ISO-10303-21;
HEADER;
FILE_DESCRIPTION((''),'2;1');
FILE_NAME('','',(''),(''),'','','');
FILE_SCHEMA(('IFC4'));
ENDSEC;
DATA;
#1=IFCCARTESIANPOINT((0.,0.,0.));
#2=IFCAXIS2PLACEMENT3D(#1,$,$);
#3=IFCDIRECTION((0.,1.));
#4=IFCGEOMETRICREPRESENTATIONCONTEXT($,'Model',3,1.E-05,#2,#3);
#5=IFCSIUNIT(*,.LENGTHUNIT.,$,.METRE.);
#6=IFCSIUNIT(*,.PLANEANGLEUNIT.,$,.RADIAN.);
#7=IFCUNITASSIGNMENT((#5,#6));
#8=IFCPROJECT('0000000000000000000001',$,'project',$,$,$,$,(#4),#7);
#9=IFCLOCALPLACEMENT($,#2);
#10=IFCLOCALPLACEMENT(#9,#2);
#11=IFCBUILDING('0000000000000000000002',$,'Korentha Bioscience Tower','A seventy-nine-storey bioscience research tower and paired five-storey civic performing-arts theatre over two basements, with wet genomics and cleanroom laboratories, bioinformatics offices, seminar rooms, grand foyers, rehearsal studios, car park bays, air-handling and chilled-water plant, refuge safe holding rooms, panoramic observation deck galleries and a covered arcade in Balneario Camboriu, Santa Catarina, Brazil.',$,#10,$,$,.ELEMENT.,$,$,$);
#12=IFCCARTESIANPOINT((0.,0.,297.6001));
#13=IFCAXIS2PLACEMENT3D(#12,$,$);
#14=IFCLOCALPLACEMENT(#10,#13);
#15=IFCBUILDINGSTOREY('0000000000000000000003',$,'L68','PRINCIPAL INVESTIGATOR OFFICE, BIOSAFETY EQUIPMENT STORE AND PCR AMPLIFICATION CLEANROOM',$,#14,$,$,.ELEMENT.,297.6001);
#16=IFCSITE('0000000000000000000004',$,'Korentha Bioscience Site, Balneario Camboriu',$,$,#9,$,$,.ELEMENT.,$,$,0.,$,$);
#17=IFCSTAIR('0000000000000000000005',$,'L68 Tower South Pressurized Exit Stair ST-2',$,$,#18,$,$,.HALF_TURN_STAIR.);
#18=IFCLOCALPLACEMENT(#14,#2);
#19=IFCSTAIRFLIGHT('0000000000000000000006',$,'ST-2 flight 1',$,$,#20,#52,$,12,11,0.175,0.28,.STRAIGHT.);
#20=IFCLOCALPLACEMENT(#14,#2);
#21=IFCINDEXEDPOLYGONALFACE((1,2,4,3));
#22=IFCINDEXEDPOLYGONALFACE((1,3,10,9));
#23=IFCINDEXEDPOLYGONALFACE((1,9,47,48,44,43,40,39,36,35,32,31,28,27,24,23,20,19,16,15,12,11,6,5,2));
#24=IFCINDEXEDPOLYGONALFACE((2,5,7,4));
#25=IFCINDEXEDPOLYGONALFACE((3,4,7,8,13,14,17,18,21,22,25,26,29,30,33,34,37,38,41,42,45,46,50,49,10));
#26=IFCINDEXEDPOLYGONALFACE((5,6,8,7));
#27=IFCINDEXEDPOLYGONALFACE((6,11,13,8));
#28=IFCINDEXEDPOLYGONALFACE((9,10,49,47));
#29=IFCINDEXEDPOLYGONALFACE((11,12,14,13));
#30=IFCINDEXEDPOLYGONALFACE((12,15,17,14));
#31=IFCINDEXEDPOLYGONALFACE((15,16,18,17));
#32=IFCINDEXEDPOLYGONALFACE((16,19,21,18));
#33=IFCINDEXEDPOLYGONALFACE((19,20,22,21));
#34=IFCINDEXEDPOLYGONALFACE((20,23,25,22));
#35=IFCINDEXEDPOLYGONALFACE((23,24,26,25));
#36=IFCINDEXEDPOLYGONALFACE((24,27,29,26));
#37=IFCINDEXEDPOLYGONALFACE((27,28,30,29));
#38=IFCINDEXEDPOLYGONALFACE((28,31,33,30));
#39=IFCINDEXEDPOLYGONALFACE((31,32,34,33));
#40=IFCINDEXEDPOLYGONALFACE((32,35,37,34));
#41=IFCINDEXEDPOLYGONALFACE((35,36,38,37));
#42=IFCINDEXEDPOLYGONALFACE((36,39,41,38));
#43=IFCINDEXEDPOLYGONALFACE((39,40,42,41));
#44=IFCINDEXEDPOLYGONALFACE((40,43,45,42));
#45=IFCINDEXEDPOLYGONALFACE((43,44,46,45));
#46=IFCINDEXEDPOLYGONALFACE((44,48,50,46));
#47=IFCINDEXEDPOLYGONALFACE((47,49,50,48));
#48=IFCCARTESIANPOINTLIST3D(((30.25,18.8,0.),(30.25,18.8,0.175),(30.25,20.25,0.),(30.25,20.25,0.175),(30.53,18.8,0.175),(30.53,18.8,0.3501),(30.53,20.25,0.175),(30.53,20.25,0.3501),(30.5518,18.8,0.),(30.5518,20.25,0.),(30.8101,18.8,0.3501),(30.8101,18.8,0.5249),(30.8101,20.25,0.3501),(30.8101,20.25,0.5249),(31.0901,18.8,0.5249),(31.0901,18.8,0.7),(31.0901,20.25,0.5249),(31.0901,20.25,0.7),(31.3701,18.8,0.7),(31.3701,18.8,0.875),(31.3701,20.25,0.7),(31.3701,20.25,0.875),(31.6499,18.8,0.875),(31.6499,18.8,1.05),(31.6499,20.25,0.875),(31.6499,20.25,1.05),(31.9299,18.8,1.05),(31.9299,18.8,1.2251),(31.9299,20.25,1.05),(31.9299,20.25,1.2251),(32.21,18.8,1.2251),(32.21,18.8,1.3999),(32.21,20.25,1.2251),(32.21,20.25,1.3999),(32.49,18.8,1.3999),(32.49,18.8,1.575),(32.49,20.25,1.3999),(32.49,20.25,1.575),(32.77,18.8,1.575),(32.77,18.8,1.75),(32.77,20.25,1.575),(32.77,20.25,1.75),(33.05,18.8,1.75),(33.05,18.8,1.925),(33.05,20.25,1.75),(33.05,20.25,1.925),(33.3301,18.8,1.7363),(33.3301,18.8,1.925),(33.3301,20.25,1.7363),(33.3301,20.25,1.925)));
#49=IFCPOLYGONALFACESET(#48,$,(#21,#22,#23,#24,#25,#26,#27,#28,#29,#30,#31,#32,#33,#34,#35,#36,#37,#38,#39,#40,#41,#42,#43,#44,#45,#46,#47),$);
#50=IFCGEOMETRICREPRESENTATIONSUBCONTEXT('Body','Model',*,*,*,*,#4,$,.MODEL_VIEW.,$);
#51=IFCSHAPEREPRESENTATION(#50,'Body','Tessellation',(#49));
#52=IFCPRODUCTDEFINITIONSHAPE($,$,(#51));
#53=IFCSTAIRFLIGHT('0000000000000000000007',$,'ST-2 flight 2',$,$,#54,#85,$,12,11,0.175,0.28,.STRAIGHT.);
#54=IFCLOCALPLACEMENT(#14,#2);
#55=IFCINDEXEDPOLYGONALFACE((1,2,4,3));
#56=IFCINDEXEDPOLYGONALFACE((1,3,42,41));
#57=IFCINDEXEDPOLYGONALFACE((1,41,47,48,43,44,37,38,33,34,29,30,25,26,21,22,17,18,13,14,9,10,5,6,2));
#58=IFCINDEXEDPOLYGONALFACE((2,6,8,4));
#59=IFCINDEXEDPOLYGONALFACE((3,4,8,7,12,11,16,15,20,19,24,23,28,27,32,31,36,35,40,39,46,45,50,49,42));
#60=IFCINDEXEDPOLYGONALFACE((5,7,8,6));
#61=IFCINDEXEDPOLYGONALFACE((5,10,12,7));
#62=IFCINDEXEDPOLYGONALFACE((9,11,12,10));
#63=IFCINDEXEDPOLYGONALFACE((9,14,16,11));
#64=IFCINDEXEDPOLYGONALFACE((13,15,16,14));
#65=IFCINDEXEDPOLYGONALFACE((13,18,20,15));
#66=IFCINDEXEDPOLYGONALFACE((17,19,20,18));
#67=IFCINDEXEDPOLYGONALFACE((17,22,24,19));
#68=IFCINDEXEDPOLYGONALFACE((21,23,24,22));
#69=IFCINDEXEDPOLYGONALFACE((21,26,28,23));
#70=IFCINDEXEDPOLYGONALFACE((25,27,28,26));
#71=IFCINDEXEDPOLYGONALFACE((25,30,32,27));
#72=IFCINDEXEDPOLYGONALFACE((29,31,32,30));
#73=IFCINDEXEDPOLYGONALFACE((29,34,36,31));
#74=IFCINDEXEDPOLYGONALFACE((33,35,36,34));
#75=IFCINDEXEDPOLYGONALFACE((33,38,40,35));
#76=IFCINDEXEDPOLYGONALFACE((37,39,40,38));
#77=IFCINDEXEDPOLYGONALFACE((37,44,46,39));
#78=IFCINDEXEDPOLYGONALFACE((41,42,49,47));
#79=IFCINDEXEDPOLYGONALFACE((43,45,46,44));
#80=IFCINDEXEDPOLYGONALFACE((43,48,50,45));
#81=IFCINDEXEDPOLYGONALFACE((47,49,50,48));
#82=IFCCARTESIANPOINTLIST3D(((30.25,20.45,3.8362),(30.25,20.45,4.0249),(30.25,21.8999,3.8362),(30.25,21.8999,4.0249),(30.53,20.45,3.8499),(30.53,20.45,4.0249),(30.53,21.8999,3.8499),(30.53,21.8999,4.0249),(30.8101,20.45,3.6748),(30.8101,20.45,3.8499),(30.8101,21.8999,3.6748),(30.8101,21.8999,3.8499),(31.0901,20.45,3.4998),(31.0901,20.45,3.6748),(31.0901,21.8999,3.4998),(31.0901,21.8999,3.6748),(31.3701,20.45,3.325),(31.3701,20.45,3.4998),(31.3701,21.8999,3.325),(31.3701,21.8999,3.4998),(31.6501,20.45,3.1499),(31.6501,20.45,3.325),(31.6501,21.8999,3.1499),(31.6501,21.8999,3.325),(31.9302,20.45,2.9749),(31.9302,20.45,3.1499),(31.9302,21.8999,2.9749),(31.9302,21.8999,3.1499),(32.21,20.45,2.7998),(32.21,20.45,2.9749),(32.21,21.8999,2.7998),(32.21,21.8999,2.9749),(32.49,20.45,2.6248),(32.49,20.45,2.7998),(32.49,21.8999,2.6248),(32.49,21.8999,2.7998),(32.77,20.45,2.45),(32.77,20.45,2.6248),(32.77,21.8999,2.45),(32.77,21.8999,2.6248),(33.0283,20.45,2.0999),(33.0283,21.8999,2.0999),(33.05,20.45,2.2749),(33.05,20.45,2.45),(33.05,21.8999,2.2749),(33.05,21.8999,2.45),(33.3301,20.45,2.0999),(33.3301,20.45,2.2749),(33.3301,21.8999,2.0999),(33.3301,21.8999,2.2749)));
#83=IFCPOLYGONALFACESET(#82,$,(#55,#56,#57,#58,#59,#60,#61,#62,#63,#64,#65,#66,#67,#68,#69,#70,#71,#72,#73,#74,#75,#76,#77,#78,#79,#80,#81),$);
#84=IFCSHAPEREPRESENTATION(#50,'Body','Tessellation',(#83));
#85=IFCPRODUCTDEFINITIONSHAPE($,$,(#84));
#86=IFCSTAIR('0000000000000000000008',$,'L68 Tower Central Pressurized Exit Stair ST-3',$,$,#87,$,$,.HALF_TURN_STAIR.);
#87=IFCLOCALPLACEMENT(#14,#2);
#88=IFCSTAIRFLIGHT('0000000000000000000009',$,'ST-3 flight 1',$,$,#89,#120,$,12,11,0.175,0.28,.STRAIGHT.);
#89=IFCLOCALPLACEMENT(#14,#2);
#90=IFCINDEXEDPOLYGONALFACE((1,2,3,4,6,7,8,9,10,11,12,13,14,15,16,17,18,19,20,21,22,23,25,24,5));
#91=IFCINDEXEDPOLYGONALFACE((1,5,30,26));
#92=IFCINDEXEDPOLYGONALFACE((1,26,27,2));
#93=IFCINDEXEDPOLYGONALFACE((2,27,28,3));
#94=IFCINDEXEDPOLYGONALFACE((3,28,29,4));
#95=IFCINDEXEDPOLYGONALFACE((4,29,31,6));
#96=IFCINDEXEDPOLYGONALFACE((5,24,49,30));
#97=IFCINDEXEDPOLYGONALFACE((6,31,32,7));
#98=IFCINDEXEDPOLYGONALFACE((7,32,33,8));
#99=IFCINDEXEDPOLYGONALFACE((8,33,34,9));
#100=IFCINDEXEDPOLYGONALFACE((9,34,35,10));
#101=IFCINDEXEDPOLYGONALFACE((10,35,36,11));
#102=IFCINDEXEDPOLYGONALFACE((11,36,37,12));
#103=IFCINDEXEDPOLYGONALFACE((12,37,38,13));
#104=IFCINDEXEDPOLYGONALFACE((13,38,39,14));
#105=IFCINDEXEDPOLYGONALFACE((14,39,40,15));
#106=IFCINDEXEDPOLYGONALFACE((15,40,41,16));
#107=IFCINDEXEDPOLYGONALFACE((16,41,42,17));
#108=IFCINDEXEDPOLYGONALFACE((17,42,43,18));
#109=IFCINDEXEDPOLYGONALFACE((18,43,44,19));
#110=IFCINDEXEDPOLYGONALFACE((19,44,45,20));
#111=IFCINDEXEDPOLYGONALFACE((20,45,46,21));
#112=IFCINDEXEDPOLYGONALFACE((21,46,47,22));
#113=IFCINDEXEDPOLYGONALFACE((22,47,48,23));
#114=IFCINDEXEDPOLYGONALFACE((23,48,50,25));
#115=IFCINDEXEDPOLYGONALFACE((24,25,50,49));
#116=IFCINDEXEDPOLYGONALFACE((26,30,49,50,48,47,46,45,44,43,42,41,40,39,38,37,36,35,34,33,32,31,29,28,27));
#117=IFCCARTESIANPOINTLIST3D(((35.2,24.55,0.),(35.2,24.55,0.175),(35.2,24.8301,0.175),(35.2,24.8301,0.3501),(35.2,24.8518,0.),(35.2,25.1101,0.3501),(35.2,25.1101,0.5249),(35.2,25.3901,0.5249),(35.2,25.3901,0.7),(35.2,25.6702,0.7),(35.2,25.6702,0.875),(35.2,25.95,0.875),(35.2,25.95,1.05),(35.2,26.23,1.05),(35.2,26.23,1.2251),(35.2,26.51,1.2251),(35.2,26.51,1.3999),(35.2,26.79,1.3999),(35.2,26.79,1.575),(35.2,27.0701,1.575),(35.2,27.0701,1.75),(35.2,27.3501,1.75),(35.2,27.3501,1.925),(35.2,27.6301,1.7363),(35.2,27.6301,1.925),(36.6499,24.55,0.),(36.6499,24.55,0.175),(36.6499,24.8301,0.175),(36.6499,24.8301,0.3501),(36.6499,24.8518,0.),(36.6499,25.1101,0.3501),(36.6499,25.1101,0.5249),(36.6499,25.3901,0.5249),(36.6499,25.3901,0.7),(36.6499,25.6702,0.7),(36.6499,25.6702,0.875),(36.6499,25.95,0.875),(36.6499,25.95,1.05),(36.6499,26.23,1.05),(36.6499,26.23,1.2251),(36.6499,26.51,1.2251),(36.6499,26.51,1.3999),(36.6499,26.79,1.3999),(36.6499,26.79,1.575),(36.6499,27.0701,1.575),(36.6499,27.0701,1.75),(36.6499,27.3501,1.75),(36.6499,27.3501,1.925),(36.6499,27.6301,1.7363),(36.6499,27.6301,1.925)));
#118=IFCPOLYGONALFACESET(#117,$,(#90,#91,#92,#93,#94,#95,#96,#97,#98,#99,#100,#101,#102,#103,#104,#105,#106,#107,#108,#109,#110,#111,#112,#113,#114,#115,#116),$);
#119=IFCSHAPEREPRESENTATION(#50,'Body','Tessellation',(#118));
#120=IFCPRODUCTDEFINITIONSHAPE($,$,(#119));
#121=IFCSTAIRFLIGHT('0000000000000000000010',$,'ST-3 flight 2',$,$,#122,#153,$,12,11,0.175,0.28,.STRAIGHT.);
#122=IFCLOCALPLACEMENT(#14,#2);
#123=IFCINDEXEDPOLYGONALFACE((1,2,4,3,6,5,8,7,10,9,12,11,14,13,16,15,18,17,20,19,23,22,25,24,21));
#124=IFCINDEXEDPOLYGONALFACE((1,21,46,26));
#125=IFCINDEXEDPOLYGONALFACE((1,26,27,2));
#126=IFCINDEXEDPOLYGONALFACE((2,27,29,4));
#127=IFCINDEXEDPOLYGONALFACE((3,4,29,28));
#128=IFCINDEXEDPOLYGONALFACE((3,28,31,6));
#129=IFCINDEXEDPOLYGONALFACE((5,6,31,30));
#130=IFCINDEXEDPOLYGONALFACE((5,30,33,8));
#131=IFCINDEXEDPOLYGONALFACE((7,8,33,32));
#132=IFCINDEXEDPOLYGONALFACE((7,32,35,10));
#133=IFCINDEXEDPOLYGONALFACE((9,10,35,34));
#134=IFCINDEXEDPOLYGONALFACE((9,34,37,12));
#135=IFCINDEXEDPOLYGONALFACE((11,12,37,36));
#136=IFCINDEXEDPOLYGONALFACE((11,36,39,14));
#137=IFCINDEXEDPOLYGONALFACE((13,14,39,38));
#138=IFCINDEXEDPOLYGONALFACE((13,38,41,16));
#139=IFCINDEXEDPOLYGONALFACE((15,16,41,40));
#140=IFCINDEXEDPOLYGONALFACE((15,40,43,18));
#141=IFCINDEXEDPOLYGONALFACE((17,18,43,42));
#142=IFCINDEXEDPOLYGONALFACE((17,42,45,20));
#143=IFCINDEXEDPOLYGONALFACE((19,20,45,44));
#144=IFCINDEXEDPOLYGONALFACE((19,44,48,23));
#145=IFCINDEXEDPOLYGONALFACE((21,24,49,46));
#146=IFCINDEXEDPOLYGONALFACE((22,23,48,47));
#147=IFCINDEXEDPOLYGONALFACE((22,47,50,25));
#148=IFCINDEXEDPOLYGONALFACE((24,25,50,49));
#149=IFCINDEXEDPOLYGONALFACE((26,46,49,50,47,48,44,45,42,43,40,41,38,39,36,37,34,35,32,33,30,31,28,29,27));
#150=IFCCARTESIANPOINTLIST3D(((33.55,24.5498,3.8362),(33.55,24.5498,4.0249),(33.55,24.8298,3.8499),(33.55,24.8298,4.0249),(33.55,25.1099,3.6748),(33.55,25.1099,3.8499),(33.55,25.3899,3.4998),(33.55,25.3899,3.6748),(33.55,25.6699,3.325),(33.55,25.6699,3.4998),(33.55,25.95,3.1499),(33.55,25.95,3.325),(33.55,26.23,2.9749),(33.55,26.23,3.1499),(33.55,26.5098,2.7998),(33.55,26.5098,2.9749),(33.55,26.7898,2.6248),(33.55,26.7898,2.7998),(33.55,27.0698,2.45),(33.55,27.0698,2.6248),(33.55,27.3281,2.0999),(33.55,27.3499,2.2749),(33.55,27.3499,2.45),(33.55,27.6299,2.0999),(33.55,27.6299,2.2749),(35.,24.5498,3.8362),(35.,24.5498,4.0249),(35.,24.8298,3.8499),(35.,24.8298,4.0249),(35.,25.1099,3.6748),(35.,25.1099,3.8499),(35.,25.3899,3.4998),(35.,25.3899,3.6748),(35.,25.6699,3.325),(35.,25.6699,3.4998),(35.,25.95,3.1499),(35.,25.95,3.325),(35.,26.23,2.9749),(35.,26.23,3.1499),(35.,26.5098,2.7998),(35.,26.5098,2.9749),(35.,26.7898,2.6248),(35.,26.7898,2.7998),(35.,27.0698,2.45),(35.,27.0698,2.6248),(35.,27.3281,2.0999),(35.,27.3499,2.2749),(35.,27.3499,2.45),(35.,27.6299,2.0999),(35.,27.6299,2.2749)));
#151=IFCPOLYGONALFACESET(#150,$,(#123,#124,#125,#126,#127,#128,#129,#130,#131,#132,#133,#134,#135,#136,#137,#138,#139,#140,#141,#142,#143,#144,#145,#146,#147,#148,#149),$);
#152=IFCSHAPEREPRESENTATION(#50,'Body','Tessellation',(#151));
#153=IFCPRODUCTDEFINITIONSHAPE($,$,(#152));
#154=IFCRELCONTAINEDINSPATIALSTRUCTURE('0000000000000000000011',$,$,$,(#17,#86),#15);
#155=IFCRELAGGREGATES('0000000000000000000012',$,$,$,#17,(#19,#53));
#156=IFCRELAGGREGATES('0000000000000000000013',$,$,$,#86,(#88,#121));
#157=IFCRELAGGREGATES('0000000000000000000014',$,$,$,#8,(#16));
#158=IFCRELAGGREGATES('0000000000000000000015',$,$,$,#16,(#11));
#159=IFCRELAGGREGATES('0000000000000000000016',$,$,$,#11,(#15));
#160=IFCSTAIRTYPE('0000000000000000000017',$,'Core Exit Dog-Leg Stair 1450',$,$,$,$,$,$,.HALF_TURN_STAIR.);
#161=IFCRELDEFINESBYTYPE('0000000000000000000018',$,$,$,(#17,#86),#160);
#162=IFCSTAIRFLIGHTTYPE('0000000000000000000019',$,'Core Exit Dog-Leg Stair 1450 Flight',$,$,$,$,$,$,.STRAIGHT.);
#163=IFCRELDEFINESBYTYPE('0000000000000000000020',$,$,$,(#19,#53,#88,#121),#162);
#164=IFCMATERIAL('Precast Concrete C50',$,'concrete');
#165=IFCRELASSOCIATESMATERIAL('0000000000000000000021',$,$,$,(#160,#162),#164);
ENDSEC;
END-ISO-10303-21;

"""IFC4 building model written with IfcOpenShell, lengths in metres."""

from ifc_helpers import new_model, si_unit, direction, frame, origin, place, context, subcontext, project, spatial, polyline, outline, extrude, material, type_object, element, aggregate, save


model = new_model("IFC4")

# Units and contexts
model_context = context("Model", 3, precision=1e-05, world=origin(), true_north=direction((0.0, 1.0)))
body_context = subcontext(model_context, "Body", "Model", "MODEL_VIEW")
ifc_project = project(units=[si_unit("LENGTHUNIT", "METRE"), si_unit("PLANEANGLEUNIT", "RADIAN")], contexts=[model_context])

# Site, building, storey
site_placement = place(None, origin())
site = spatial("IfcSite", under=ifc_project, at=site_placement, Name="Korentha Bioscience Site, Balneario Camboriu", CompositionType="ELEMENT", RefElevation=0.0)
building_placement = place(site_placement, origin())
building = spatial("IfcBuilding", under=site, at=building_placement, Name="Korentha Bioscience Tower", Description="A seventy-nine-storey bioscience research tower and paired five-storey civic performing-arts theatre over two basements, with wet genomics and cleanroom laboratories, bioinformatics offices, seminar rooms, grand foyers, rehearsal studios, car park bays, air-handling and chilled-water plant, refuge safe holding rooms, panoramic observation deck galleries and a covered arcade in Balneario Camboriu, Santa Catarina, Brazil.", CompositionType="ELEMENT")
storey_placement = place(building_placement, frame((0.0, 0.0, 297.6001)))
storey = spatial("IfcBuildingStorey", under=building, at=storey_placement, Name="L68", Description="PRINCIPAL INVESTIGATOR OFFICE, BIOSAFETY EQUIPMENT STORE AND PCR AMPLIFICATION CLEANROOM", CompositionType="ELEMENT", Elevation=297.6001)

# Stairs, stair flights
ifc_material_1 = material(Name="Precast Concrete C50", Category="concrete")
stair_type = type_object("IfcStairType", Name="Core Exit Dog-Leg Stair 1450", PredefinedType="HALF_TURN_STAIR", material=ifc_material_1)
stair_1_placement = place(storey_placement, origin())
stair_1 = element("IfcStair", 1, at=stair_1_placement, inside=storey, type_object=stair_type, Name="L68 Tower South Pressurized Exit Stair ST-2", PredefinedType="HALF_TURN_STAIR")
stair_flight_type = type_object("IfcStairFlightType", Name="Core Exit Dog-Leg Stair 1450 Flight", PredefinedType="STRAIGHT", material=ifc_material_1)
stair_flight_1_placement = place(storey_placement, frame((30.25, 19.5249, 0.0), z_axis=(0.0, 0.0, 1.0), x_axis=(1.0, 0.0, 0.0)))
stair_flight_1 = element("IfcStairFlight", 2, at=stair_flight_1_placement, type_object=stair_flight_type, Name="ST-2 flight 1", NumberOfRisers=12, NumberOfTreads=11, PredefinedType="STRAIGHT", RiserHeight=0.175, TreadLength=0.28, context=body_context, shape_type="SweptSolid", body=[
    extrude(outline(polyline([(0.0, 0.0), (0.0, 0.175), (0.28, 0.175), (0.28, 0.3501), (0.5601, 0.3501), (0.5601, 0.5249), (0.8401, 0.5249), (0.8401, 0.7), (1.1201, 0.7), (1.1201, 0.875), (1.3999, 0.875), (1.3999, 1.05), (1.6799, 1.05), (1.6799, 1.2251), (1.96, 1.2251), (1.96, 1.3999), (2.24, 1.3999), (2.24, 1.575), (2.52, 1.575), (2.52, 1.75), (2.8, 1.75), (2.8, 1.925), (3.0801, 1.925), (3.0801, 2.1001), (3.0801, 1.7363), (0.3018, 0.0), (0.0, 0.0)])), frame((0.0, 0.7251, 0.0), z_axis=(0.0, -1.0, 0.0), x_axis=(1.0, 0.0, 0.0)), (0.0, 0.0, 1.0), 1.45),
])
stair_flight_2_placement = place(storey_placement, frame((33.3301, 21.175, 2.0999), z_axis=(0.0, 0.0, 1.0), x_axis=(-1.0, 0.0, 0.0)))
stair_flight_2 = element("IfcStairFlight", 3, at=stair_flight_2_placement, type_object=stair_flight_type, Name="ST-2 flight 2", NumberOfRisers=12, NumberOfTreads=11, PredefinedType="STRAIGHT", RiserHeight=0.175, TreadLength=0.28, context=body_context, shape_type="SweptSolid", body=[
    extrude(outline(polyline([(0.0, 0.0), (0.0, 0.175), (0.28, 0.175), (0.28, 0.3501), (0.5601, 0.3501), (0.5601, 0.5249), (0.8401, 0.5249), (0.8401, 0.7), (1.1201, 0.7), (1.1201, 0.875), (1.3999, 0.875), (1.3999, 1.05), (1.6799, 1.05), (1.6799, 1.2251), (1.96, 1.2251), (1.96, 1.3999), (2.24, 1.3999), (2.24, 1.575), (2.52, 1.575), (2.52, 1.75), (2.8, 1.75), (2.8, 1.925), (3.0801, 1.925), (3.0801, 2.1001), (3.0801, 1.7363), (0.3018, 0.0), (0.0, 0.0)])), frame((0.0, 0.7251, 0.0), z_axis=(0.0, -1.0, 0.0), x_axis=(1.0, 0.0, 0.0)), (0.0, 0.0, 1.0), 1.45),
])
aggregate(stair_1, [stair_flight_1, stair_flight_2])
stair_2_placement = place(storey_placement, origin())
stair_2 = element("IfcStair", 4, at=stair_2_placement, inside=storey, type_object=stair_type, Name="L68 Tower Central Pressurized Exit Stair ST-3", PredefinedType="HALF_TURN_STAIR")
stair_flight_3_placement = place(storey_placement, frame((35.925, 24.55, 0.0), z_axis=(0.0, 0.0, 1.0), x_axis=(0.0, 1.0, 0.0)))
stair_flight_3 = element("IfcStairFlight", 5, at=stair_flight_3_placement, type_object=stair_flight_type, Name="ST-3 flight 1", NumberOfRisers=12, NumberOfTreads=11, PredefinedType="STRAIGHT", RiserHeight=0.175, TreadLength=0.28, context=body_context, shape_type="SweptSolid", body=[
    extrude(outline(polyline([(0.0, 0.0), (0.0, 0.175), (0.28, 0.175), (0.28, 0.3501), (0.5601, 0.3501), (0.5601, 0.5249), (0.8401, 0.5249), (0.8401, 0.7), (1.1201, 0.7), (1.1201, 0.875), (1.3999, 0.875), (1.3999, 1.05), (1.6799, 1.05), (1.6799, 1.2251), (1.96, 1.2251), (1.96, 1.3999), (2.24, 1.3999), (2.24, 1.575), (2.52, 1.575), (2.52, 1.75), (2.8, 1.75), (2.8, 1.925), (3.0801, 1.925), (3.0801, 2.1001), (3.0801, 1.7363), (0.3018, 0.0), (0.0, 0.0)])), frame((0.0, 0.7251, 0.0), z_axis=(0.0, -1.0, 0.0), x_axis=(1.0, 0.0, 0.0)), (0.0, 0.0, 1.0), 1.45),
])
stair_flight_4_placement = place(storey_placement, frame((34.2749, 27.6299, 2.0999), z_axis=(0.0, 0.0, 1.0), x_axis=(0.0, -1.0, 0.0)))
stair_flight_4 = element("IfcStairFlight", 6, at=stair_flight_4_placement, type_object=stair_flight_type, Name="ST-3 flight 2", NumberOfRisers=12, NumberOfTreads=11, PredefinedType="STRAIGHT", RiserHeight=0.175, TreadLength=0.28, context=body_context, shape_type="SweptSolid", body=[
    extrude(outline(polyline([(0.0, 0.0), (0.0, 0.175), (0.28, 0.175), (0.28, 0.3501), (0.5601, 0.3501), (0.5601, 0.5249), (0.8401, 0.5249), (0.8401, 0.7), (1.1201, 0.7), (1.1201, 0.875), (1.3999, 0.875), (1.3999, 1.05), (1.6799, 1.05), (1.6799, 1.2251), (1.96, 1.2251), (1.96, 1.3999), (2.24, 1.3999), (2.24, 1.575), (2.52, 1.575), (2.52, 1.75), (2.8, 1.75), (2.8, 1.925), (3.0801, 1.925), (3.0801, 2.1001), (3.0801, 1.7363), (0.3018, 0.0), (0.0, 0.0)])), frame((0.0, 0.7251, 0.0), z_axis=(0.0, -1.0, 0.0), x_axis=(1.0, 0.0, 0.0)), (0.0, 0.0, 1.0), 1.45),
])
aggregate(stair_2, [stair_flight_3, stair_flight_4])

save(model, "model.ifc")
